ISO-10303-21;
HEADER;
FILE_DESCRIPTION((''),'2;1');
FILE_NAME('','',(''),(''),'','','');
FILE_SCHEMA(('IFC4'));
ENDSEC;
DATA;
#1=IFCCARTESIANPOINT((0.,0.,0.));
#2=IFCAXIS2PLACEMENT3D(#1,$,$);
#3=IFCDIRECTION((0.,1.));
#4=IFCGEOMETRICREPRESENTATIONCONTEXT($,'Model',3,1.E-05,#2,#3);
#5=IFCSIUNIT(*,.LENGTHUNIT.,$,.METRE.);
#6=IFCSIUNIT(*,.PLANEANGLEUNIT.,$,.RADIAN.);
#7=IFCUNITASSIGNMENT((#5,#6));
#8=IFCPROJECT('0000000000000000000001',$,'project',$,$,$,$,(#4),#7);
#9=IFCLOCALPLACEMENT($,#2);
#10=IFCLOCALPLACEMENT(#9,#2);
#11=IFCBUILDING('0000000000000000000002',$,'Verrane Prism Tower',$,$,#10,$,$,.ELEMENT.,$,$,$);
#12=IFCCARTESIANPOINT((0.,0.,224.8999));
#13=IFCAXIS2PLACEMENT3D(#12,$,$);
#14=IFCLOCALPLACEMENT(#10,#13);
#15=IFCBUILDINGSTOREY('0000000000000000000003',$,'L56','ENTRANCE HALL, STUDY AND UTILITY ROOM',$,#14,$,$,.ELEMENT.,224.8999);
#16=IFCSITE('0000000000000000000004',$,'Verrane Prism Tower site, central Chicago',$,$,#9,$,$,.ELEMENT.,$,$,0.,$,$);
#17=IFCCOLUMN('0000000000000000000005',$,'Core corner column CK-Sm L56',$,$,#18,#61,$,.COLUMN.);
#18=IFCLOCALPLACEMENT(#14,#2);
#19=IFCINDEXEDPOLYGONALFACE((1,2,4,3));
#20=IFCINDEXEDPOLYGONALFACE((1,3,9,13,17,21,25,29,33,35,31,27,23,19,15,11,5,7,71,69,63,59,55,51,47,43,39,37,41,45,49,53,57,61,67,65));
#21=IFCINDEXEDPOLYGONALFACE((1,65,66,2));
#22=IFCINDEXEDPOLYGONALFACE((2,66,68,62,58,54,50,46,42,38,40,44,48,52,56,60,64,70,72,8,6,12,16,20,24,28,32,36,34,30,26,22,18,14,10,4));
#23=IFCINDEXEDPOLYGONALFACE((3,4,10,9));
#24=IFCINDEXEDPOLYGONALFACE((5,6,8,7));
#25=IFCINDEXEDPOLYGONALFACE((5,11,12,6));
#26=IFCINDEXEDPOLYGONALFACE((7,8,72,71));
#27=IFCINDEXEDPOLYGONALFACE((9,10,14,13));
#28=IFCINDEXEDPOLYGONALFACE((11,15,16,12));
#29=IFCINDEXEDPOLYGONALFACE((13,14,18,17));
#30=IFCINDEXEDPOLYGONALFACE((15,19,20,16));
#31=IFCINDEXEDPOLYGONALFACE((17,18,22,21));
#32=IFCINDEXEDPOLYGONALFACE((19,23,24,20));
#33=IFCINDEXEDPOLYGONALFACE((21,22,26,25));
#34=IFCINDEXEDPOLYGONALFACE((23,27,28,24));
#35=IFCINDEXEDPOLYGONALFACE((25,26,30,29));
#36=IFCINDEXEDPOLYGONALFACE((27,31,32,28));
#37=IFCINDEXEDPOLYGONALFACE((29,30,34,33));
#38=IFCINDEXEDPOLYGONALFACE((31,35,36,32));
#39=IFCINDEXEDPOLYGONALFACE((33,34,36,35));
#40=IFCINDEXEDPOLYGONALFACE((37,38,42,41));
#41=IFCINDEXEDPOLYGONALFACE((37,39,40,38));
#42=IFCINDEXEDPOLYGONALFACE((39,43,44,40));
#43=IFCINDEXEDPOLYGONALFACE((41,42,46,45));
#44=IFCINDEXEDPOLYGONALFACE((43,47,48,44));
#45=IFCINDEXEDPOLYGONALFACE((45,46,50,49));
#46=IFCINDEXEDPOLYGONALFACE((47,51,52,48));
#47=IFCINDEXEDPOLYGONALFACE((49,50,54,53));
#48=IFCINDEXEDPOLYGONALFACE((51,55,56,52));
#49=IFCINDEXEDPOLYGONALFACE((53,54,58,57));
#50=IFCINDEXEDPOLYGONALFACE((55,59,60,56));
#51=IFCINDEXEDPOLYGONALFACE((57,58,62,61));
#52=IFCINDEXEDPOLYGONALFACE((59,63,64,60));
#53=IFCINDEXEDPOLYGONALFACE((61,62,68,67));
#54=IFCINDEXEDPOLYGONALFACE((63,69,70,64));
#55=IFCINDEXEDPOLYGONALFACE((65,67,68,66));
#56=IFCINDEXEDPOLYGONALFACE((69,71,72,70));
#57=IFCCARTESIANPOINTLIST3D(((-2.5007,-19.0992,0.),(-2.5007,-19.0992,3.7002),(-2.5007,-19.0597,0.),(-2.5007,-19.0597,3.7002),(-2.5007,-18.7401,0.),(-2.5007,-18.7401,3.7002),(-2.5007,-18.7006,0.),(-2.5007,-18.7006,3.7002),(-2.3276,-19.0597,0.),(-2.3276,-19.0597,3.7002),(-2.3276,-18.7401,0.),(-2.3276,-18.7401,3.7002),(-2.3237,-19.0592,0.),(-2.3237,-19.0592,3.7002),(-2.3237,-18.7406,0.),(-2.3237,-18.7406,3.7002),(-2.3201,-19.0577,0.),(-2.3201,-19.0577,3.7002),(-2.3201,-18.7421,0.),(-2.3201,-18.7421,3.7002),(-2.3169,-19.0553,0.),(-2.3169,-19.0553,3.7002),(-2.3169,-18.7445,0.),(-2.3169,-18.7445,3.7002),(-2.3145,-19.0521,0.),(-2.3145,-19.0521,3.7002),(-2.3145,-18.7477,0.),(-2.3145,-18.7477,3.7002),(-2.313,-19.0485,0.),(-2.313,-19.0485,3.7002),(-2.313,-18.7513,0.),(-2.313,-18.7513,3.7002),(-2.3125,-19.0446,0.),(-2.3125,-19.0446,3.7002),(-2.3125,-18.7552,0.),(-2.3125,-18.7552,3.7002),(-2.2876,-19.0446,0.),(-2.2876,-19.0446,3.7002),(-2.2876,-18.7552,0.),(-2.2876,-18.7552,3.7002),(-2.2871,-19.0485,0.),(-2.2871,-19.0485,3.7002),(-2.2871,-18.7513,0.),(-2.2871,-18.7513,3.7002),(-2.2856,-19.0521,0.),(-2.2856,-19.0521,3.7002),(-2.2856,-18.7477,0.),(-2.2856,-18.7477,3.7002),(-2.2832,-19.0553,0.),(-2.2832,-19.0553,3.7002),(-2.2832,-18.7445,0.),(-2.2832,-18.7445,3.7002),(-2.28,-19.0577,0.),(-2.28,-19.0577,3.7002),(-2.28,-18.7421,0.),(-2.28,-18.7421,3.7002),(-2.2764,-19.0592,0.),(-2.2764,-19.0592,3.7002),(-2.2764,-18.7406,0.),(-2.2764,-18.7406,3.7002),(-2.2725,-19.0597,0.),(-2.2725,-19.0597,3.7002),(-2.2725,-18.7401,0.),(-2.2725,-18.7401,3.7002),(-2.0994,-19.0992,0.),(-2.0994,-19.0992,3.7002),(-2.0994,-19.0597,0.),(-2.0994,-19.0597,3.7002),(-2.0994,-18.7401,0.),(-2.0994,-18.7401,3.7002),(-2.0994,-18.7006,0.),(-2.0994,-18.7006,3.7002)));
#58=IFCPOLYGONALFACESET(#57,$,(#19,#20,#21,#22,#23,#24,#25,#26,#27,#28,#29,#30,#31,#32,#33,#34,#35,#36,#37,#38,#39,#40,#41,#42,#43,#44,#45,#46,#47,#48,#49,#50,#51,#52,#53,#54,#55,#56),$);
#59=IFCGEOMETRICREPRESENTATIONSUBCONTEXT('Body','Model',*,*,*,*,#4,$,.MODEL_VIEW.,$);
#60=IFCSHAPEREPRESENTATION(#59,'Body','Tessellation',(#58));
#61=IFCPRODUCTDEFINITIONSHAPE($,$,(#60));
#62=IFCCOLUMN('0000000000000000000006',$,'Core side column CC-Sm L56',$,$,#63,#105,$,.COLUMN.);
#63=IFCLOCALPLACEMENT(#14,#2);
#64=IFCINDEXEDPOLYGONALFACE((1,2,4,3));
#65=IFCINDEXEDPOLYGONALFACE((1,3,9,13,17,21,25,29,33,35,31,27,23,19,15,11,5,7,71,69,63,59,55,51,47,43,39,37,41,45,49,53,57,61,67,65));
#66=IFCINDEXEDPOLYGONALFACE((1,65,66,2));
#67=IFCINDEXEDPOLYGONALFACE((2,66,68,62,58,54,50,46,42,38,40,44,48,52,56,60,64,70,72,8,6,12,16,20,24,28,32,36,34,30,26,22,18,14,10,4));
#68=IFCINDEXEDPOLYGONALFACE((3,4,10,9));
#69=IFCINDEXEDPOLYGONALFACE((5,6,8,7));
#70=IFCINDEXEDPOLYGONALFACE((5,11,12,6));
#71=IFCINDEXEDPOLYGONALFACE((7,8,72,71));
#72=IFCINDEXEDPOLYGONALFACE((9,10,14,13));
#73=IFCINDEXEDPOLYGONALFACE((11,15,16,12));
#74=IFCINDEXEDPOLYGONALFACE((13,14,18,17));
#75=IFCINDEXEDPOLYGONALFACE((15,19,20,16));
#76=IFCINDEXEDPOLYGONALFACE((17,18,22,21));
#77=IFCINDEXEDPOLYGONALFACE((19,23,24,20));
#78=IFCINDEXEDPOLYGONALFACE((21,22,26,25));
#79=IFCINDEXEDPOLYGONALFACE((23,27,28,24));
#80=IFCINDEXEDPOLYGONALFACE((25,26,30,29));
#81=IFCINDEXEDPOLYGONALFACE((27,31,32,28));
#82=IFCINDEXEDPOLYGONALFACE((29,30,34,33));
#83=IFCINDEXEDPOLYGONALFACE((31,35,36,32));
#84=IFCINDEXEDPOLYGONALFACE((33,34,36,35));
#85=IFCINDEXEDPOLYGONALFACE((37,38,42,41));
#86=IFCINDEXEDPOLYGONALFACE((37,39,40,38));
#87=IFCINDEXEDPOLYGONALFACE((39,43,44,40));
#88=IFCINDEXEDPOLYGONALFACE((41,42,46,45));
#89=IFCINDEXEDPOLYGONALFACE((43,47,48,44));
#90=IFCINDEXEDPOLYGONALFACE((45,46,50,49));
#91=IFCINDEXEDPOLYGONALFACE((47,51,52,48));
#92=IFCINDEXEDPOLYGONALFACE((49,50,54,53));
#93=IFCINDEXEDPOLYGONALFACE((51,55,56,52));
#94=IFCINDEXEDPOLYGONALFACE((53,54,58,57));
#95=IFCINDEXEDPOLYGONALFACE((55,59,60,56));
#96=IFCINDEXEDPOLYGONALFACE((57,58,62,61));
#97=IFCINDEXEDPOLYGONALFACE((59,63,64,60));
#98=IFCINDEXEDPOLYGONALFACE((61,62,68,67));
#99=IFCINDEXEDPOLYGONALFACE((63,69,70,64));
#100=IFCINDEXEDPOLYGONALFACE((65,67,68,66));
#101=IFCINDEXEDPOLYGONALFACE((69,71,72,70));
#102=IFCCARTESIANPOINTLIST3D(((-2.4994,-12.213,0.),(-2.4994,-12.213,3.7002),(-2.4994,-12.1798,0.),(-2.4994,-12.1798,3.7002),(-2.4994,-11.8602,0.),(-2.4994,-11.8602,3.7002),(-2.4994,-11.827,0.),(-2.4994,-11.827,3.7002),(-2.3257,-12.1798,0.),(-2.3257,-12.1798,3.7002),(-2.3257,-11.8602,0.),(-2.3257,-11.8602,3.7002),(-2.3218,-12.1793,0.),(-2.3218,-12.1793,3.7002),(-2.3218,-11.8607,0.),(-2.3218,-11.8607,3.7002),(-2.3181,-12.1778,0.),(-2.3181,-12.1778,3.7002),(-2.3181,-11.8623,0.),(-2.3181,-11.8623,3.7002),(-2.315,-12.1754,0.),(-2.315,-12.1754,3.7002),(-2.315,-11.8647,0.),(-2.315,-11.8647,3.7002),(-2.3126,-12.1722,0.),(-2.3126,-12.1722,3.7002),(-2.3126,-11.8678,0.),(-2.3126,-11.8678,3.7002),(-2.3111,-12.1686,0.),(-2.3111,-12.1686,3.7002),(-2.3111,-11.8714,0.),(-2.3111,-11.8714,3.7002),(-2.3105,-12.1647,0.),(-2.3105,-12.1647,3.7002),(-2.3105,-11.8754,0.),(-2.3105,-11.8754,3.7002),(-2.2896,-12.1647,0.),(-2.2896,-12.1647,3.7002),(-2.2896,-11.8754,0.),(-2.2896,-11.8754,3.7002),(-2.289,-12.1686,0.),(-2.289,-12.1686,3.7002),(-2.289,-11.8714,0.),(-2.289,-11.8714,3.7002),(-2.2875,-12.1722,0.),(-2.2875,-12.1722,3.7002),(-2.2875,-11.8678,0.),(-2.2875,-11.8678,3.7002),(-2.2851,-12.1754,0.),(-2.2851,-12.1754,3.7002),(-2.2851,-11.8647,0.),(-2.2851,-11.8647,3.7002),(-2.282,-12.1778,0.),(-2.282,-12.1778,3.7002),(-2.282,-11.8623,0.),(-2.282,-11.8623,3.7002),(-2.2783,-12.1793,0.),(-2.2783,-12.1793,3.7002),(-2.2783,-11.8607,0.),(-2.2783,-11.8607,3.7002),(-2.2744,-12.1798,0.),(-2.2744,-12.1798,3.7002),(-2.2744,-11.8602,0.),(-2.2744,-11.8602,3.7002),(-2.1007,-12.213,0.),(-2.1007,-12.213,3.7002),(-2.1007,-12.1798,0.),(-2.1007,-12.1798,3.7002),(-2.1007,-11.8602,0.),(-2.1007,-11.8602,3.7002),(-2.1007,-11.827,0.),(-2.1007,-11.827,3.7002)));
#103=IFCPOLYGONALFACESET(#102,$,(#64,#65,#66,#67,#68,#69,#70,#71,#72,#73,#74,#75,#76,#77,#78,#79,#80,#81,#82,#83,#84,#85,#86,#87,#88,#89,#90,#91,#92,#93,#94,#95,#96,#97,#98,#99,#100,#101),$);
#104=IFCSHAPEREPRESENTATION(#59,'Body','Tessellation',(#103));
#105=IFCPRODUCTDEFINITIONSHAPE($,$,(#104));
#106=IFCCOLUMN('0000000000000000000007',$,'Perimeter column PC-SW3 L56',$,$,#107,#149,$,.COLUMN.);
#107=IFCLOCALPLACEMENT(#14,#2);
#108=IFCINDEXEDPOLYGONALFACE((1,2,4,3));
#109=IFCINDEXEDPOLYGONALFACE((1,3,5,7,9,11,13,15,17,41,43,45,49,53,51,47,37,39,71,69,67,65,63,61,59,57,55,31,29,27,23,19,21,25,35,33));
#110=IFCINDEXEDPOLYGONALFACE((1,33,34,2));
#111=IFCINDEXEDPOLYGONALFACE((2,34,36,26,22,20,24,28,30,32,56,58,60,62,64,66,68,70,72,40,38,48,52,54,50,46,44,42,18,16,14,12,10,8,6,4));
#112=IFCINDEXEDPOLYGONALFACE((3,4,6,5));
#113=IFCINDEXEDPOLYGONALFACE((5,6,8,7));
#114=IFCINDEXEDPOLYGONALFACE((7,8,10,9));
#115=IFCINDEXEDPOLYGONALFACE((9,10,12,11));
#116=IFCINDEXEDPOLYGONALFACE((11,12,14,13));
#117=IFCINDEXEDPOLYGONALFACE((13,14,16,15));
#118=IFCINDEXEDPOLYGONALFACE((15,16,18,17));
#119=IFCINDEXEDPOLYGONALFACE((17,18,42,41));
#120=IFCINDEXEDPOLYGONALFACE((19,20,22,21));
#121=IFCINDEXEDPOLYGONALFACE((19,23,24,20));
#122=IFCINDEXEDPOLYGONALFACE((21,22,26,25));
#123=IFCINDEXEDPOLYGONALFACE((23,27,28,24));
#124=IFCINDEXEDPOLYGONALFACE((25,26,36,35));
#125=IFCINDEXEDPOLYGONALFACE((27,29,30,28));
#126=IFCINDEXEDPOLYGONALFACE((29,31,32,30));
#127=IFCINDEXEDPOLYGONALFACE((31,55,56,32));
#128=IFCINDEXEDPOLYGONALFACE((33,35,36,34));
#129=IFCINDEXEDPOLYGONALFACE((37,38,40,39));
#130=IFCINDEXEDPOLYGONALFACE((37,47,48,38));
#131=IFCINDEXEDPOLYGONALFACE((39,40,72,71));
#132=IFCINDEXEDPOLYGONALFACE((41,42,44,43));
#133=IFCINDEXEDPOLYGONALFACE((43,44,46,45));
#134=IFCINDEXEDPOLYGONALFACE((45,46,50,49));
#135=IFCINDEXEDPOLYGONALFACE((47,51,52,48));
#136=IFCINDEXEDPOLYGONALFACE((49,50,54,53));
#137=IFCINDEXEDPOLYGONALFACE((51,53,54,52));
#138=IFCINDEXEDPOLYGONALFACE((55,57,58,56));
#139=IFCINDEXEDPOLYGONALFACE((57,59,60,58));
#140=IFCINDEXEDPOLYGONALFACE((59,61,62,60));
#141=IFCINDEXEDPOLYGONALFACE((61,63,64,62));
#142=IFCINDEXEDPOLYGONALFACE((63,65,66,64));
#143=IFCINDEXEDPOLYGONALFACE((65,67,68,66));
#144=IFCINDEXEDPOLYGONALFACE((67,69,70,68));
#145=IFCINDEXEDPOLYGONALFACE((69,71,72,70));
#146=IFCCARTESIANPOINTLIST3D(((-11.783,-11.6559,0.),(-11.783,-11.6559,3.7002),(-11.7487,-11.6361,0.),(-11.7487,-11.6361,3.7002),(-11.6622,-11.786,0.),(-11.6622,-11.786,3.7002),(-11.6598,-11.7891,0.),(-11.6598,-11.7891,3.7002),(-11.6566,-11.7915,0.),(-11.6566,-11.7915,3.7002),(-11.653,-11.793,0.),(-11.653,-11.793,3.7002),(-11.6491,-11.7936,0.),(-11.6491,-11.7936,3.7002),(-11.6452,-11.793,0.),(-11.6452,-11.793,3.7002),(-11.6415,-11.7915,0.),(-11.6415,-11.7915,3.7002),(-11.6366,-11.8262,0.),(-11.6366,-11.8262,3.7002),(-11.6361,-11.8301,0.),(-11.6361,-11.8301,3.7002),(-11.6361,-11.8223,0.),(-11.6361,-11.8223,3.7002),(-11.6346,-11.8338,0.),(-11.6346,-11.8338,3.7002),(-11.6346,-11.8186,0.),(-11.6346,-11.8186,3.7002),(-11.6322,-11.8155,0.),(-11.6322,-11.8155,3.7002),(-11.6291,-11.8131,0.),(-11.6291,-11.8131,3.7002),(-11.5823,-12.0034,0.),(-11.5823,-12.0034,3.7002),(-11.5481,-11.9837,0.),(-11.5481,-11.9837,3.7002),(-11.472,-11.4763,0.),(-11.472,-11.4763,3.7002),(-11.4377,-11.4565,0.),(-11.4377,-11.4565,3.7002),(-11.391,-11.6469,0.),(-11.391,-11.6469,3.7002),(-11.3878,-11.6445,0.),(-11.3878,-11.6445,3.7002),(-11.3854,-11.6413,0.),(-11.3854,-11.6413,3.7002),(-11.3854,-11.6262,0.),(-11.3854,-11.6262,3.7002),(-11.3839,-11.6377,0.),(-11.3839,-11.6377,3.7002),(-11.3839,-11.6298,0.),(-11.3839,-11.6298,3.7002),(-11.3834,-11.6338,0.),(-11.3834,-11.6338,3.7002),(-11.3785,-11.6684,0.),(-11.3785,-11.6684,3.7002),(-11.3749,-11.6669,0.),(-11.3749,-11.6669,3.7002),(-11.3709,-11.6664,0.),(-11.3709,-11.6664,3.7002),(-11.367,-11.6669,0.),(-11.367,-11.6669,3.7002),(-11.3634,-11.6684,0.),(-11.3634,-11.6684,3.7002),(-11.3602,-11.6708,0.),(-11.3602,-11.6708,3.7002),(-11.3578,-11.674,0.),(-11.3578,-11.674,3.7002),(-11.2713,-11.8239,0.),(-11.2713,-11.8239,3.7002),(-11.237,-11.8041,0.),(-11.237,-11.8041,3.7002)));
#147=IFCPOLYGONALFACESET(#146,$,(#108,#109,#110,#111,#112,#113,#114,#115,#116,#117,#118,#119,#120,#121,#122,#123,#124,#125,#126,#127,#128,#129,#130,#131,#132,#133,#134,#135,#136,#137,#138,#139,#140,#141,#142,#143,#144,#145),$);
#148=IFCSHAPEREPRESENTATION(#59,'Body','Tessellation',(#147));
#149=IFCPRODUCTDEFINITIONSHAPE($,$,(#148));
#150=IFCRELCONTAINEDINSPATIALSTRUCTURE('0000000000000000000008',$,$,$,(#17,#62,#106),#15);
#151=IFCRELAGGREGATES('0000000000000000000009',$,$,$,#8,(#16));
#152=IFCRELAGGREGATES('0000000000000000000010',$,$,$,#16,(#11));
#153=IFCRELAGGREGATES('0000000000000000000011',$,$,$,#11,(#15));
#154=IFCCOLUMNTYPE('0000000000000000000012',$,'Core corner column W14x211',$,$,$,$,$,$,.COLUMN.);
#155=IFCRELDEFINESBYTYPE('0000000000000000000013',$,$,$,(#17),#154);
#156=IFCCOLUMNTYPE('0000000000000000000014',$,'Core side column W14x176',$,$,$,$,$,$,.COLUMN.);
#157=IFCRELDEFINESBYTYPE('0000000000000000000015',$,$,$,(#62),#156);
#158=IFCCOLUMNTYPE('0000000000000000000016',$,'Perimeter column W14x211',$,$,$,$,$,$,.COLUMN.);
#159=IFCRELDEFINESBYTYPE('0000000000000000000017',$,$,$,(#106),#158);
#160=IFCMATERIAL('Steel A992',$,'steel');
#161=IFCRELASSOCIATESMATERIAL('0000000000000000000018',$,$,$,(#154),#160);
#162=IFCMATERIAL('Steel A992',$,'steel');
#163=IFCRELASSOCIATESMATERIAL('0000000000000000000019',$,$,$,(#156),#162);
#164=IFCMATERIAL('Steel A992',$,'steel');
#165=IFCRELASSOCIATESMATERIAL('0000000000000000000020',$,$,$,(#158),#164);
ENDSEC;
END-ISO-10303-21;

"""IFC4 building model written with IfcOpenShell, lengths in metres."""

from ifc_helpers import new_model, si_unit, direction, frame, origin, origin_2d, place, context, subcontext, project, spatial, i_section, extrude, material, material_profile, profile_set, type_object, element, save


model = new_model("IFC4")

# Units and contexts
model_context = context("Model", 3, precision=1e-05, world=origin(), true_north=direction((0.0, 1.0)))
body_context = subcontext(model_context, "Body", "Model", "MODEL_VIEW")
ifc_project = project(units=[si_unit("LENGTHUNIT", "METRE"), si_unit("PLANEANGLEUNIT", "RADIAN")], contexts=[model_context])

# Site, building, storey
site_placement = place(None, origin())
site = spatial("IfcSite", under=ifc_project, at=site_placement, Name="Verrane Prism Tower site, central Chicago", CompositionType="ELEMENT", RefElevation=0.0)
building_placement = place(site_placement, origin())
building = spatial("IfcBuilding", under=site, at=building_placement, Name="Verrane Prism Tower", CompositionType="ELEMENT")
storey_placement = place(building_placement, frame((0.0, 0.0, 224.8999)))
storey = spatial("IfcBuildingStorey", under=building, at=storey_placement, Name="L56", Description="ENTRANCE HALL, STUDY AND UTILITY ROOM", CompositionType="ELEMENT", Elevation=224.8999)

# Columns
ifc_material_1 = material(Name="Steel A992", Category="steel")
ifc_material_profile_1 = material_profile(ifc_material_1, i_section(OverallWidth=0.4014, OverallDepth=0.3987, WebThickness=0.0249, FlangeThickness=0.0396, FilletRadius=0.0151, at=origin_2d()), Name="W14x211")
ifc_profile_set_1 = profile_set([ifc_material_profile_1], Name="Steel A992")
column_type_1 = type_object("IfcColumnType", Name="Core corner column W14x211", PredefinedType="COLUMN", material=ifc_profile_set_1)
column_1_placement = place(storey_placement, frame((-2.3, -18.8999, 0.0), z_axis=(0.0, 0.0, 1.0), x_axis=(-1.0, 0.0, 0.0)))
element("IfcColumn", 1, at=column_1_placement, inside=storey, type_object=column_type_1, Name="Core corner column CK-Sm L56", PredefinedType="COLUMN", context=body_context, shape_type="SweptSolid", body=[
    extrude(i_section(OverallWidth=0.4014, OverallDepth=0.3987, WebThickness=0.0249, FlangeThickness=0.0396, FilletRadius=0.0151, at=origin_2d()), origin(), (0.0, 0.0, 1.0), 3.7002),
])
ifc_material_2 = material(Name="Steel A992", Category="steel")
ifc_material_profile_2 = material_profile(ifc_material_2, i_section(OverallWidth=0.3987, OverallDepth=0.386, WebThickness=0.021, FlangeThickness=0.0332, FilletRadius=0.0151, at=origin_2d()), Name="W14x176")
ifc_profile_set_2 = profile_set([ifc_material_profile_2], Name="Steel A992")
column_type_2 = type_object("IfcColumnType", Name="Core side column W14x176", PredefinedType="COLUMN", material=ifc_profile_set_2)
column_2_placement = place(storey_placement, frame((-2.3, -12.02, 0.0), z_axis=(0.0, 0.0, 1.0), x_axis=(1.0, 0.0, 0.0)))
element("IfcColumn", 2, at=column_2_placement, inside=storey, type_object=column_type_2, Name="Core side column CC-Sm L56", PredefinedType="COLUMN", context=body_context, shape_type="SweptSolid", body=[
    extrude(i_section(OverallWidth=0.3987, OverallDepth=0.386, WebThickness=0.021, FlangeThickness=0.0332, FilletRadius=0.0151, at=origin_2d()), origin(), (0.0, 0.0, 1.0), 3.7002),
])
ifc_material_3 = material(Name="Steel A992", Category="steel")
ifc_material_profile_3 = material_profile(ifc_material_3, i_section(OverallWidth=0.4014, OverallDepth=0.3987, WebThickness=0.0249, FlangeThickness=0.0396, FilletRadius=0.0151, at=origin_2d()), Name="W14x211")
ifc_profile_set_3 = profile_set([ifc_material_profile_3], Name="Steel A992")
column_type_3 = type_object("IfcColumnType", Name="Perimeter column W14x211", PredefinedType="COLUMN", material=ifc_profile_set_3)
column_3_placement = place(storey_placement, frame((-11.51, -11.73, 0.0), z_axis=(0.0, 0.0, 1.0), x_axis=(-0.5, 0.866025, 0.0)))
element("IfcColumn", 3, at=column_3_placement, inside=storey, type_object=column_type_3, Name="Perimeter column PC-SW3 L56", PredefinedType="COLUMN", context=body_context, shape_type="SweptSolid", body=[
    extrude(i_section(OverallWidth=0.4014, OverallDepth=0.3987, WebThickness=0.0249, FlangeThickness=0.0396, FilletRadius=0.0151, at=origin_2d()), origin(), (0.0, 0.0, 1.0), 3.7002),
])

save(model, "model.ifc")
